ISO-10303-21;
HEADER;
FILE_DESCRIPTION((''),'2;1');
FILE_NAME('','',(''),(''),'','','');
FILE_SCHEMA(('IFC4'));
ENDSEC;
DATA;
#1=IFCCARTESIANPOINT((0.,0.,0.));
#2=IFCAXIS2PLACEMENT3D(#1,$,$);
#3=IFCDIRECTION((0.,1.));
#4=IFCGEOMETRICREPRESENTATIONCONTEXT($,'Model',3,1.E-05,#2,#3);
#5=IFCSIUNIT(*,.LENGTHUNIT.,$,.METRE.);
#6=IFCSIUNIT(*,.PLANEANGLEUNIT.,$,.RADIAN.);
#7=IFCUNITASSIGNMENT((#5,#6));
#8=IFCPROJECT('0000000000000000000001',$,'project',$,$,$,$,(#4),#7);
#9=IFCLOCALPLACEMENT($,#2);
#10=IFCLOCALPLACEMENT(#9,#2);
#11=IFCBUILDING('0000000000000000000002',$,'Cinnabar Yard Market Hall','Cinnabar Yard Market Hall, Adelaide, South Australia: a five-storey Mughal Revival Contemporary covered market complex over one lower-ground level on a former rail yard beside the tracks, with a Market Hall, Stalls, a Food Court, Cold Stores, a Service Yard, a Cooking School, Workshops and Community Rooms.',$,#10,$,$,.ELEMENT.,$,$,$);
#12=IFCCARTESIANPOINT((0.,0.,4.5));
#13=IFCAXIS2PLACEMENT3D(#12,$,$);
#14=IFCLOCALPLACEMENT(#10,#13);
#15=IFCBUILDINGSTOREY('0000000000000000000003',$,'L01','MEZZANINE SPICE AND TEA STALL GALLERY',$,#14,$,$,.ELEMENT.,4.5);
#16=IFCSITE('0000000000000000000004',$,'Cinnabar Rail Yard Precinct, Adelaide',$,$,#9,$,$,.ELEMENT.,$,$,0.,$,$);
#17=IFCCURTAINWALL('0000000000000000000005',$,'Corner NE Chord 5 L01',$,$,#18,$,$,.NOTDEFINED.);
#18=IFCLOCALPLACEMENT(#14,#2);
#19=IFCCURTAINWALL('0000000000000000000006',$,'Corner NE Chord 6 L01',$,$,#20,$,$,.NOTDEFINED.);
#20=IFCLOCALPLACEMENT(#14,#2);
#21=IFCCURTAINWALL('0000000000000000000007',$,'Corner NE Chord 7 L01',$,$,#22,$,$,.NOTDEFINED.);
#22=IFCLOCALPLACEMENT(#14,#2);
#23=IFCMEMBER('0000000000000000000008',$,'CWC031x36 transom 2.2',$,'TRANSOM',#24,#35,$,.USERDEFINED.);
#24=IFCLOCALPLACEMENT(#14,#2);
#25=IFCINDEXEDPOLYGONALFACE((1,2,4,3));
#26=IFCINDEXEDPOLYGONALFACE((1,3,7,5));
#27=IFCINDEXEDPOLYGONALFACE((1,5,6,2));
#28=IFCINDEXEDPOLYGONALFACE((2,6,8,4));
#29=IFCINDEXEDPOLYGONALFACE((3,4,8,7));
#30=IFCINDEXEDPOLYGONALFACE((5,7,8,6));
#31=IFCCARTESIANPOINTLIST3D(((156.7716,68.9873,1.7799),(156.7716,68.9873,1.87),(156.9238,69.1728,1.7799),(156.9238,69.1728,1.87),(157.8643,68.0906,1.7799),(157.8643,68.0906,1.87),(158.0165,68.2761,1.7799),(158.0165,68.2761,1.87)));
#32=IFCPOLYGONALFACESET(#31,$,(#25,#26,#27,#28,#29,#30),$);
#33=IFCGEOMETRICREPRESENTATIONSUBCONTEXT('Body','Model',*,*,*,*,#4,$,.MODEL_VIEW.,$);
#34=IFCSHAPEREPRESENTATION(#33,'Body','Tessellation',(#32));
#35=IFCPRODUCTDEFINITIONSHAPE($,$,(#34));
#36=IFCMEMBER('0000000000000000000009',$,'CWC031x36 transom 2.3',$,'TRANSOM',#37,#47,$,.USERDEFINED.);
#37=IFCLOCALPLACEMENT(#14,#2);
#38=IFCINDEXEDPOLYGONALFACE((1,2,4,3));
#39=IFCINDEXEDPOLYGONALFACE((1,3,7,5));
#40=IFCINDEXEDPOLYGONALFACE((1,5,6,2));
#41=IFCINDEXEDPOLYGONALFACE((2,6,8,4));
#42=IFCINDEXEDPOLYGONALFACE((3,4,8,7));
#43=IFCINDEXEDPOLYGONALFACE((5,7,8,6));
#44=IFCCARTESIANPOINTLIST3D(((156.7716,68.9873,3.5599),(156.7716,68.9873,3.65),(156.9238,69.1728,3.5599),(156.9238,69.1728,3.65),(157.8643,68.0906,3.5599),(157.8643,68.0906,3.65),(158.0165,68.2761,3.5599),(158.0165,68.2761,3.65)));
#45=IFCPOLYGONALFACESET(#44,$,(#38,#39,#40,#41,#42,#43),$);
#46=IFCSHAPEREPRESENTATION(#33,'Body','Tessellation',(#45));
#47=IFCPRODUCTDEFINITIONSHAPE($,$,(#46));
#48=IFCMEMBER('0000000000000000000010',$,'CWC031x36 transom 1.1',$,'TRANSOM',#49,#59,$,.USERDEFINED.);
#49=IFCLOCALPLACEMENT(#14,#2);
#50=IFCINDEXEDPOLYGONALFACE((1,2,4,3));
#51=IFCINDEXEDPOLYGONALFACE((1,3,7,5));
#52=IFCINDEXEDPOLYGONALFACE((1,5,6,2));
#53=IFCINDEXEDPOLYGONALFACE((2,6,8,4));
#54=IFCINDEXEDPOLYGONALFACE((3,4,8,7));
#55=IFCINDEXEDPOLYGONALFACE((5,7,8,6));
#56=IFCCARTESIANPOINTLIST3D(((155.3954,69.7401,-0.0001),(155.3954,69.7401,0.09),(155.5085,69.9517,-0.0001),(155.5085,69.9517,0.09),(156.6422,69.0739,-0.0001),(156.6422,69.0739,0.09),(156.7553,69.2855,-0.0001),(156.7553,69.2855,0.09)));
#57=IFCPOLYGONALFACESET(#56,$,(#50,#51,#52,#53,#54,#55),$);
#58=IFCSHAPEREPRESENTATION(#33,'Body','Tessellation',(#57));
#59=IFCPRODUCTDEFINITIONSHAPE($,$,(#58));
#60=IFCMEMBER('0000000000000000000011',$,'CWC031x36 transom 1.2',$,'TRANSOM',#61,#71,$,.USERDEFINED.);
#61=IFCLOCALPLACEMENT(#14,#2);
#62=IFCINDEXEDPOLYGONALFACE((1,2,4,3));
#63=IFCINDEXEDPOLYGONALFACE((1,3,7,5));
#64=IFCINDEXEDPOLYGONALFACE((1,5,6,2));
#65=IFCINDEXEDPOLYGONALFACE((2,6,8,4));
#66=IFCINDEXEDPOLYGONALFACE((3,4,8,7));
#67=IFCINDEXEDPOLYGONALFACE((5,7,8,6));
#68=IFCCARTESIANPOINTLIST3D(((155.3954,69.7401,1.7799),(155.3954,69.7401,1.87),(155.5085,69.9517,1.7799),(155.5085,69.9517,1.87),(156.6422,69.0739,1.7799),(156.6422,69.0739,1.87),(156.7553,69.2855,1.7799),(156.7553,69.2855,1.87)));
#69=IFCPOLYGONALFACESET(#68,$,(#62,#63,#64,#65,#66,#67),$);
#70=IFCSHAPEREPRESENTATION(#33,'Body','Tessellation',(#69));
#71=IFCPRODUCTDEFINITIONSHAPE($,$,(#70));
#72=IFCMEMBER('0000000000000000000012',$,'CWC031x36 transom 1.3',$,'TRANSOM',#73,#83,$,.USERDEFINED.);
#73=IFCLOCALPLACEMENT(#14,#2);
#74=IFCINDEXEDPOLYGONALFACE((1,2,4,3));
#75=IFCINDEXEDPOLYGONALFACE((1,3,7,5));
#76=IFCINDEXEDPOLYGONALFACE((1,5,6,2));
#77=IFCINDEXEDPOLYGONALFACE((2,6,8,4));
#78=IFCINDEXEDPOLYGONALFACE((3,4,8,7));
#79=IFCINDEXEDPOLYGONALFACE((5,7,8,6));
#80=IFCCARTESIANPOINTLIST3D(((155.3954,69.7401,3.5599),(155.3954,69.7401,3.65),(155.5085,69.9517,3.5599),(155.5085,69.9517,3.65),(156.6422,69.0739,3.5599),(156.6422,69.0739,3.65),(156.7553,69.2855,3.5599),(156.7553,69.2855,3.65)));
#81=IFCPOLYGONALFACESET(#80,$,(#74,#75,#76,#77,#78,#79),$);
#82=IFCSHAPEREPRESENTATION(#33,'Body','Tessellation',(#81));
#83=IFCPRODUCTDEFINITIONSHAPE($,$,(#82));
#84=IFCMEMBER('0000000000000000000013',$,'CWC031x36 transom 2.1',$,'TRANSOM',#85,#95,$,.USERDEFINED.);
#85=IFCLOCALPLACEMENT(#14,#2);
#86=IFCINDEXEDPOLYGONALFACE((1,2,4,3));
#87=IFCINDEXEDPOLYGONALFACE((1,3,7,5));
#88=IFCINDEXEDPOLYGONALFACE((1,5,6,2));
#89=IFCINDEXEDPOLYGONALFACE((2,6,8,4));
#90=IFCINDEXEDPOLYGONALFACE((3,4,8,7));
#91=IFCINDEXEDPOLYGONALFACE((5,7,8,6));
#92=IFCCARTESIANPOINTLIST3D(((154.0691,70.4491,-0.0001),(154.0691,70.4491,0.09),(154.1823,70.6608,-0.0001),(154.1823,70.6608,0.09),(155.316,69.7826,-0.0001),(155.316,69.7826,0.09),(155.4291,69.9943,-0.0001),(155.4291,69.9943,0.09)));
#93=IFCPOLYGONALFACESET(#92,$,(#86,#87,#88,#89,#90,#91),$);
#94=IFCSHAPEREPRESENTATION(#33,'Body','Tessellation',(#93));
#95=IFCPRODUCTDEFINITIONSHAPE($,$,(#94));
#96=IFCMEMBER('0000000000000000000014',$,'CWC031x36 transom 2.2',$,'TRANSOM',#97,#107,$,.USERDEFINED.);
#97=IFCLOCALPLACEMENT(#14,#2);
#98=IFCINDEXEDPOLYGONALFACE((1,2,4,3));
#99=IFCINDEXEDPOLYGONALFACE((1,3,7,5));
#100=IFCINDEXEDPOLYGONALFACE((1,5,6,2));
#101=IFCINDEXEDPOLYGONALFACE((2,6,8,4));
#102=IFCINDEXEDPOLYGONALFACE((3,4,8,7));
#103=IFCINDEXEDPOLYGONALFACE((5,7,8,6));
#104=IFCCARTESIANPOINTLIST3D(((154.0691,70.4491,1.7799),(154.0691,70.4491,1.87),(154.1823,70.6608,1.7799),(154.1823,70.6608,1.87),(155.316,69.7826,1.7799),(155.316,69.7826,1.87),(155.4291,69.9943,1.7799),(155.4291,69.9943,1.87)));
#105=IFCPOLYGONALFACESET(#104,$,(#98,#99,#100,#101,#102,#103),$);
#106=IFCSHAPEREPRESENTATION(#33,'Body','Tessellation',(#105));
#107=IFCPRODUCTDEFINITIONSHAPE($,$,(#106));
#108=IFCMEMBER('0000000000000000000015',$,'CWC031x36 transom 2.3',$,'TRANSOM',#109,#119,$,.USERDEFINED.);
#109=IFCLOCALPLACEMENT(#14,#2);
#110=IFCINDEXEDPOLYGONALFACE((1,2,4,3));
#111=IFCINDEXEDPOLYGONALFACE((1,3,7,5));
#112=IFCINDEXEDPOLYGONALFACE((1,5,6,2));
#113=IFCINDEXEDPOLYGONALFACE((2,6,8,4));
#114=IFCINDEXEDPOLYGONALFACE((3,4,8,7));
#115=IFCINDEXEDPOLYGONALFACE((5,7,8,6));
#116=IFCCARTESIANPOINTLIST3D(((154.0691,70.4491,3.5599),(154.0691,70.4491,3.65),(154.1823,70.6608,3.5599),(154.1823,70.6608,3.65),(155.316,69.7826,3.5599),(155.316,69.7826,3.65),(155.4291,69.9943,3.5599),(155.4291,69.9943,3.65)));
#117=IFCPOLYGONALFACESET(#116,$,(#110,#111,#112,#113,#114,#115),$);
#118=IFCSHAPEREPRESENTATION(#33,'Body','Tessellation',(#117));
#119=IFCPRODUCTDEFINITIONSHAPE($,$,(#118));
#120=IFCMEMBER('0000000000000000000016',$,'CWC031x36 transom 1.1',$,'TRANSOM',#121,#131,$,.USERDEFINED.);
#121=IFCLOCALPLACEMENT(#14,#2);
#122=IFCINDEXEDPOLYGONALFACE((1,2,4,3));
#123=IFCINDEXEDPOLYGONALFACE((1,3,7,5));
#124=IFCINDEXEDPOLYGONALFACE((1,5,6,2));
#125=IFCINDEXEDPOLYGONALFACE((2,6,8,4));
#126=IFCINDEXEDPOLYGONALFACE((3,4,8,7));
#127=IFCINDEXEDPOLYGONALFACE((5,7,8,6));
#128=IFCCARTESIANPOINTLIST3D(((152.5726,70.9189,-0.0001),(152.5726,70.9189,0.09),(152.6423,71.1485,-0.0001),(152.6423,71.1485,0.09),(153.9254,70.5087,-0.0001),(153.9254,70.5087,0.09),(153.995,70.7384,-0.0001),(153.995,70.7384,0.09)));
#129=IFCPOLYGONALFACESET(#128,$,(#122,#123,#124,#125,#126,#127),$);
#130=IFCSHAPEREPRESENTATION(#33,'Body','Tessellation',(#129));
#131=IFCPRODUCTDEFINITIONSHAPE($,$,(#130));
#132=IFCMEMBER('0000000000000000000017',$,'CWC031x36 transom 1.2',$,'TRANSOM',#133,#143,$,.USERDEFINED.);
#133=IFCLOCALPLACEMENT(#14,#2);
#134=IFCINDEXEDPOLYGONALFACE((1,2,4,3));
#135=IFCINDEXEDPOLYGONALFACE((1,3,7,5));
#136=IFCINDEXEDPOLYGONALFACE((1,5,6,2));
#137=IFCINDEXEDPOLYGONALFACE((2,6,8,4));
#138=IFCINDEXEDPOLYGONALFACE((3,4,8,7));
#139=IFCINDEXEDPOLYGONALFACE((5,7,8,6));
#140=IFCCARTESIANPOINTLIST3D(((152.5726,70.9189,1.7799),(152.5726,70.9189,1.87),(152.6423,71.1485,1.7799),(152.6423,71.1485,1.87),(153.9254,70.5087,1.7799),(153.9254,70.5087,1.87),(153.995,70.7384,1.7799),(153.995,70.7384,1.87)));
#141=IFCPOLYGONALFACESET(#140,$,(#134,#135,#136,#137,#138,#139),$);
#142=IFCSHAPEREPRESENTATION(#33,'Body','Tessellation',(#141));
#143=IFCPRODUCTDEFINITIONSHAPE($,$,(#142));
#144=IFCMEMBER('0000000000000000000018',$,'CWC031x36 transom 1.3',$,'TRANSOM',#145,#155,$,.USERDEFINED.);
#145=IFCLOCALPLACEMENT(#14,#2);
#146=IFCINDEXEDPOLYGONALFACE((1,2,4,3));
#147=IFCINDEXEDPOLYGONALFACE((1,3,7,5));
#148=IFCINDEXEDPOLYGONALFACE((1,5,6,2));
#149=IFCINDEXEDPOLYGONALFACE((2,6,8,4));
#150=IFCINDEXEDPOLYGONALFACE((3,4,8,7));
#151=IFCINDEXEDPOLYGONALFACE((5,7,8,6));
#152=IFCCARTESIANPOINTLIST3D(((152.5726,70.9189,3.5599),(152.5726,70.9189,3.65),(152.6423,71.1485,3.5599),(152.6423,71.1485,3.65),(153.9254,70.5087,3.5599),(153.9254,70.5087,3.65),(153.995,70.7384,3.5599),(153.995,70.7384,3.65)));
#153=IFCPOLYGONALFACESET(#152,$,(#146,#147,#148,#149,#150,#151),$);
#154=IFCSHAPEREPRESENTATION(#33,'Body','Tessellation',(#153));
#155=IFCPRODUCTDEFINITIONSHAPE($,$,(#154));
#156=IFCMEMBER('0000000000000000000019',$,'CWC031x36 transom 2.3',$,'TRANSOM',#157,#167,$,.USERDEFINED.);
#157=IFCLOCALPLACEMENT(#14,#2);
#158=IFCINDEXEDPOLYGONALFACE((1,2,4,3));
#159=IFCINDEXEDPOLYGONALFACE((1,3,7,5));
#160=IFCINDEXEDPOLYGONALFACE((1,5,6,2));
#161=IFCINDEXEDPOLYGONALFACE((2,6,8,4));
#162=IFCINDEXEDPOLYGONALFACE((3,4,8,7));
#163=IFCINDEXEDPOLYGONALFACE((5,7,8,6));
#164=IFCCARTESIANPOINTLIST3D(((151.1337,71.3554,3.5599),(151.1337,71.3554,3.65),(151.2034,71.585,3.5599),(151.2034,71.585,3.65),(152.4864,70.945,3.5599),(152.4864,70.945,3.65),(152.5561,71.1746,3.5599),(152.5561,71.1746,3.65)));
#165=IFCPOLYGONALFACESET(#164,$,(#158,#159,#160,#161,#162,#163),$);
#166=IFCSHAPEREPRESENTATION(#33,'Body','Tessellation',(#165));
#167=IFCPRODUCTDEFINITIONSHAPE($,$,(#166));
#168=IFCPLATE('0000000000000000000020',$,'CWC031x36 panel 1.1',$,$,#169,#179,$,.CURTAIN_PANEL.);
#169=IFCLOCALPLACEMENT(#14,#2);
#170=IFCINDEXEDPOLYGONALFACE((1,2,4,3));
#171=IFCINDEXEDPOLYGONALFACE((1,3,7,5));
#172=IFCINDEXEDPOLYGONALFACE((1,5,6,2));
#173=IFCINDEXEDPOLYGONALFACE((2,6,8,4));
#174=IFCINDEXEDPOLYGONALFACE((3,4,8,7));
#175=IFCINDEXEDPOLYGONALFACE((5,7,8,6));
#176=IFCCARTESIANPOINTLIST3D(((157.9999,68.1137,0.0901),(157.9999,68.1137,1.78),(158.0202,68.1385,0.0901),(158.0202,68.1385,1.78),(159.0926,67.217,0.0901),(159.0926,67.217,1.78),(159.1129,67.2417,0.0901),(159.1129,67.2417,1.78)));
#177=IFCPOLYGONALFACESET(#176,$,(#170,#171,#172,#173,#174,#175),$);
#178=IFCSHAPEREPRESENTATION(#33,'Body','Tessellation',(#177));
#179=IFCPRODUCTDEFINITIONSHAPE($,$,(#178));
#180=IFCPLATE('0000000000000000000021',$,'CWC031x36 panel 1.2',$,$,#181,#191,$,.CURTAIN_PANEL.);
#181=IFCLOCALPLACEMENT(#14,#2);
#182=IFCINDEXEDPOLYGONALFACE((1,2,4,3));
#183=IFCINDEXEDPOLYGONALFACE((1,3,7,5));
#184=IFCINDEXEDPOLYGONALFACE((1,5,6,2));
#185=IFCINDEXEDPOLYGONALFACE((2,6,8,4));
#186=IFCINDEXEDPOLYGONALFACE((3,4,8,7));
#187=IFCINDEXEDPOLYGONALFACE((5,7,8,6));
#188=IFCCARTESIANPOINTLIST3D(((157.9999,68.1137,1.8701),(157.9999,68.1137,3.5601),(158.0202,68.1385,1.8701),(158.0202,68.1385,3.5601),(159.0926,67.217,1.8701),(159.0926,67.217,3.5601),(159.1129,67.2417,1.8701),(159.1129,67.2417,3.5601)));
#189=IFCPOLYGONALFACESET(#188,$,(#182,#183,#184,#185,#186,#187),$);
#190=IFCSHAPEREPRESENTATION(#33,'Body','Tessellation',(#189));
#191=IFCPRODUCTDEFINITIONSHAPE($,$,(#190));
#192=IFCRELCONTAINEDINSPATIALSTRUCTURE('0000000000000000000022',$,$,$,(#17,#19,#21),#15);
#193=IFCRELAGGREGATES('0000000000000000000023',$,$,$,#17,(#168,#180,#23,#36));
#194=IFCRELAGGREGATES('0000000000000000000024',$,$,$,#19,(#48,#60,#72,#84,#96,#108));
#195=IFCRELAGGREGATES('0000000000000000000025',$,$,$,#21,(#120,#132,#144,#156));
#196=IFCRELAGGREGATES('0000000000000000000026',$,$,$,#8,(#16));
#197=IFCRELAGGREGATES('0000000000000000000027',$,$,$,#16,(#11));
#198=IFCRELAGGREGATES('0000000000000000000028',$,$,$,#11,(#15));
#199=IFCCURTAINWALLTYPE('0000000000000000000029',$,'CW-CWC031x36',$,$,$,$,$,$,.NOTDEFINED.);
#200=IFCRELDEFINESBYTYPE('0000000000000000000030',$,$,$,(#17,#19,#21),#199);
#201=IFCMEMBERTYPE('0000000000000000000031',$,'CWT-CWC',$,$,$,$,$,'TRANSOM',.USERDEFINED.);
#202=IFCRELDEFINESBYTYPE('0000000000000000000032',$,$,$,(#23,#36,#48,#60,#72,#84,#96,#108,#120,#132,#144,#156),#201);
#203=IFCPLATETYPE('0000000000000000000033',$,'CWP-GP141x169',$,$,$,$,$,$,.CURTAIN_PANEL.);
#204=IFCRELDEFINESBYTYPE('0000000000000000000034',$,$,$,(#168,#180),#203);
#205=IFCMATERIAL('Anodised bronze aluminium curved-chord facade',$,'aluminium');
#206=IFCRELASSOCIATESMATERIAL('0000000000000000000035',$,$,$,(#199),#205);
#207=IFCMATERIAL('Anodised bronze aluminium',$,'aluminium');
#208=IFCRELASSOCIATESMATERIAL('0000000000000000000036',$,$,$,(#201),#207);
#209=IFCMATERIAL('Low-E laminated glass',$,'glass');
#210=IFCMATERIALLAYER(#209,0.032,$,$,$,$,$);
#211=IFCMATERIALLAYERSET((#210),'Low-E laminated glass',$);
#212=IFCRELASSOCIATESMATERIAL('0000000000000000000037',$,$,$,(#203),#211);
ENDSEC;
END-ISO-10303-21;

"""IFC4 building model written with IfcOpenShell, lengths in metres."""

from ifc_helpers import new_model, si_unit, direction, frame, origin, origin_2d_with_axis, place, context, subcontext, project, spatial, rectangle, extrude, material, layer, layer_set, material_profile, profile_set, type_object, element, aggregate, save


model = new_model("IFC4")

# Units and contexts
model_context = context("Model", 3, precision=1e-05, world=origin(), true_north=direction((0.0, 1.0)))
body_context = subcontext(model_context, "Body", "Model", "MODEL_VIEW")
ifc_project = project(units=[si_unit("LENGTHUNIT", "METRE"), si_unit("PLANEANGLEUNIT", "RADIAN")], contexts=[model_context])

# Site, building, storey
site_placement = place(None, origin())
site = spatial("IfcSite", under=ifc_project, at=site_placement, Name="Cinnabar Rail Yard Precinct, Adelaide", CompositionType="ELEMENT", RefElevation=0.0)
building_placement = place(site_placement, origin())
building = spatial("IfcBuilding", under=site, at=building_placement, Name="Cinnabar Yard Market Hall", Description="Cinnabar Yard Market Hall, Adelaide, South Australia: a five-storey Mughal Revival Contemporary covered market complex over one lower-ground level on a former rail yard beside the tracks, with a Market Hall, Stalls, a Food Court, Cold Stores, a Service Yard, a Cooking School, Workshops and Community Rooms.", CompositionType="ELEMENT")
storey_placement = place(building_placement, frame((0.0, 0.0, 4.5)))
storey = spatial("IfcBuildingStorey", under=building, at=storey_placement, Name="L01", Description="MEZZANINE SPICE AND TEA STALL GALLERY", CompositionType="ELEMENT", Elevation=4.5)

# Curtain walls
ifc_material_1 = material(Name="Anodised bronze aluminium curved-chord facade", Category="aluminium")
curtain_wall_type = type_object("IfcCurtainWallType", Name="CW-CWC031x36", PredefinedType="NOTDEFINED", material=ifc_material_1)
curtain_wall_1_placement = place(storey_placement, origin())
curtain_wall_1 = element("IfcCurtainWall", 1, at=curtain_wall_1_placement, inside=storey, type_object=curtain_wall_type, Name="Corner NE Chord 5 L01", PredefinedType="NOTDEFINED")
ifc_material_2 = material(Name="Anodised bronze aluminium", Category="aluminium")
curtain_wall_2_placement = place(storey_placement, origin())
curtain_wall_2 = element("IfcCurtainWall", 2, at=curtain_wall_2_placement, inside=storey, type_object=curtain_wall_type, Name="Corner NE Chord 6 L01", PredefinedType="NOTDEFINED")
curtain_wall_3_placement = place(storey_placement, origin())
curtain_wall_3 = element("IfcCurtainWall", 3, at=curtain_wall_3_placement, inside=storey, type_object=curtain_wall_type, Name="Corner NE Chord 7 L01", PredefinedType="NOTDEFINED")

# Members
ifc_material_profile_1 = material_profile(ifc_material_2, rectangle(XDim=0.24, YDim=0.0901, at=origin_2d_with_axis()), Name="TRN-CWC")
ifc_profile_set_1 = profile_set([ifc_material_profile_1], Name="Anodised bronze aluminium")
member_type_1 = type_object("IfcMemberType", Name="CWT-CWC", ElementType="TRANSOM", PredefinedType="USERDEFINED", material=ifc_profile_set_1)
member_1_placement = place(storey_placement, frame((157.9404, 68.1833, 1.825), z_axis=(-0.773041, 0.634356, 0.0), x_axis=(-0.634356, -0.773041, 0.0)))
member_1 = element("IfcMember", 4, at=member_1_placement, type_object=member_type_1, Name="CWC031x36 transom 2.2", ObjectType="TRANSOM", PredefinedType="USERDEFINED", context=body_context, shape_type="SweptSolid", body=[
    extrude(rectangle(XDim=0.24, YDim=0.0901, at=origin_2d_with_axis()), origin(), (0.0, 0.0, 1.0), 1.4136),
])
member_2_placement = place(storey_placement, frame((157.9404, 68.1833, 3.605), z_axis=(-0.773041, 0.634356, 0.0), x_axis=(-0.634356, -0.773041, 0.0)))
member_2 = element("IfcMember", 5, at=member_2_placement, type_object=member_type_1, Name="CWC031x36 transom 2.3", ObjectType="TRANSOM", PredefinedType="USERDEFINED", context=body_context, shape_type="SweptSolid", body=[
    extrude(rectangle(XDim=0.24, YDim=0.0901, at=origin_2d_with_axis()), origin(), (0.0, 0.0, 1.0), 1.4136),
])
member_3_placement = place(storey_placement, frame((156.6987, 69.1797, 0.0449), z_axis=(-0.881975, 0.471296, 0.0), x_axis=(-0.471296, -0.881975, 0.0)))
member_3 = element("IfcMember", 6, at=member_3_placement, type_object=member_type_1, Name="CWC031x36 transom 1.1", ObjectType="TRANSOM", PredefinedType="USERDEFINED", context=body_context, shape_type="SweptSolid", body=[
    extrude(rectangle(XDim=0.24, YDim=0.0901, at=origin_2d_with_axis()), origin(), (0.0, 0.0, 1.0), 1.4136),
])
member_4_placement = place(storey_placement, frame((156.6987, 69.1797, 1.825), z_axis=(-0.881975, 0.471296, 0.0), x_axis=(-0.471296, -0.881975, 0.0)))
member_4 = element("IfcMember", 7, at=member_4_placement, type_object=member_type_1, Name="CWC031x36 transom 1.2", ObjectType="TRANSOM", PredefinedType="USERDEFINED", context=body_context, shape_type="SweptSolid", body=[
    extrude(rectangle(XDim=0.24, YDim=0.0901, at=origin_2d_with_axis()), origin(), (0.0, 0.0, 1.0), 1.4136),
])
member_5_placement = place(storey_placement, frame((156.6987, 69.1797, 3.605), z_axis=(-0.881975, 0.471296, 0.0), x_axis=(-0.471296, -0.881975, 0.0)))
member_5 = element("IfcMember", 8, at=member_5_placement, type_object=member_type_1, Name="CWC031x36 transom 1.3", ObjectType="TRANSOM", PredefinedType="USERDEFINED", context=body_context, shape_type="SweptSolid", body=[
    extrude(rectangle(XDim=0.24, YDim=0.0901, at=origin_2d_with_axis()), origin(), (0.0, 0.0, 1.0), 1.4136),
])
member_6_placement = place(storey_placement, frame((155.3726, 69.8884, 0.0449), z_axis=(-0.881903, 0.471431, 0.0), x_axis=(-0.471431, -0.881903, 0.0)))
member_6 = element("IfcMember", 9, at=member_6_placement, type_object=member_type_1, Name="CWC031x36 transom 2.1", ObjectType="TRANSOM", PredefinedType="USERDEFINED", context=body_context, shape_type="SweptSolid", body=[
    extrude(rectangle(XDim=0.24, YDim=0.0901, at=origin_2d_with_axis()), origin(), (0.0, 0.0, 1.0), 1.4138),
])
member_7_placement = place(storey_placement, frame((155.3726, 69.8884, 1.825), z_axis=(-0.881903, 0.471431, 0.0), x_axis=(-0.471431, -0.881903, 0.0)))
member_7 = element("IfcMember", 10, at=member_7_placement, type_object=member_type_1, Name="CWC031x36 transom 2.2", ObjectType="TRANSOM", PredefinedType="USERDEFINED", context=body_context, shape_type="SweptSolid", body=[
    extrude(rectangle(XDim=0.24, YDim=0.0901, at=origin_2d_with_axis()), origin(), (0.0, 0.0, 1.0), 1.4138),
])
member_8_placement = place(storey_placement, frame((155.3726, 69.8884, 3.605), z_axis=(-0.881903, 0.471431, 0.0), x_axis=(-0.471431, -0.881903, 0.0)))
member_8 = element("IfcMember", 11, at=member_8_placement, type_object=member_type_1, Name="CWC031x36 transom 2.3", ObjectType="TRANSOM", PredefinedType="USERDEFINED", context=body_context, shape_type="SweptSolid", body=[
    extrude(rectangle(XDim=0.24, YDim=0.0901, at=origin_2d_with_axis()), origin(), (0.0, 0.0, 1.0), 1.4138),
])
member_9_placement = place(storey_placement, frame((153.9602, 70.6235, 0.0449), z_axis=(-0.956981, 0.290151, 0.0), x_axis=(-0.290151, -0.956981, 0.0)))
member_9 = element("IfcMember", 12, at=member_9_placement, type_object=member_type_1, Name="CWC031x36 transom 1.1", ObjectType="TRANSOM", PredefinedType="USERDEFINED", context=body_context, shape_type="SweptSolid", body=[
    extrude(rectangle(XDim=0.24, YDim=0.0901, at=origin_2d_with_axis()), origin(), (0.0, 0.0, 1.0), 1.4136),
])
member_10_placement = place(storey_placement, frame((153.9602, 70.6235, 1.825), z_axis=(-0.956981, 0.290151, 0.0), x_axis=(-0.290151, -0.956981, 0.0)))
member_10 = element("IfcMember", 13, at=member_10_placement, type_object=member_type_1, Name="CWC031x36 transom 1.2", ObjectType="TRANSOM", PredefinedType="USERDEFINED", context=body_context, shape_type="SweptSolid", body=[
    extrude(rectangle(XDim=0.24, YDim=0.0901, at=origin_2d_with_axis()), origin(), (0.0, 0.0, 1.0), 1.4136),
])
member_11_placement = place(storey_placement, frame((153.9602, 70.6235, 3.605), z_axis=(-0.956981, 0.290151, 0.0), x_axis=(-0.290151, -0.956981, 0.0)))
member_11 = element("IfcMember", 14, at=member_11_placement, type_object=member_type_1, Name="CWC031x36 transom 1.3", ObjectType="TRANSOM", PredefinedType="USERDEFINED", context=body_context, shape_type="SweptSolid", body=[
    extrude(rectangle(XDim=0.24, YDim=0.0901, at=origin_2d_with_axis()), origin(), (0.0, 0.0, 1.0), 1.4136),
])
member_12_placement = place(storey_placement, frame((152.5212, 71.0598, 3.605), z_axis=(-0.956933, 0.290309, 0.0), x_axis=(-0.290309, -0.956933, 0.0)))
member_12 = element("IfcMember", 15, at=member_12_placement, type_object=member_type_1, Name="CWC031x36 transom 2.3", ObjectType="TRANSOM", PredefinedType="USERDEFINED", context=body_context, shape_type="SweptSolid", body=[
    extrude(rectangle(XDim=0.24, YDim=0.0901, at=origin_2d_with_axis()), origin(), (0.0, 0.0, 1.0), 1.4136),
])

# Plates
ifc_material_3 = material(Name="Low-E laminated glass", Category="glass")
ifc_layer = layer(ifc_material_3, 0.032)
ifc_layer_set = layer_set([ifc_layer], Name="Low-E laminated glass")
plate_type = type_object("IfcPlateType", Name="CWP-GP141x169", PredefinedType="CURTAIN_PANEL", material=ifc_layer_set)
plate_1_placement = place(storey_placement, frame((158.5564, 67.6777, 0.0901), z_axis=(0.0, 0.0, 1.0), x_axis=(-0.773019, 0.634383, 0.0)))
plate_1 = element("IfcPlate", 16, at=plate_1_placement, type_object=plate_type, Name="CWC031x36 panel 1.1", PredefinedType="CURTAIN_PANEL", context=body_context, shape_type="SweptSolid", body=[
    extrude(rectangle(XDim=1.4136, YDim=0.032, at=origin_2d_with_axis()), origin(), (0.0, 0.0, 1.0), 1.6899),
])
plate_2_placement = place(storey_placement, frame((158.5564, 67.6777, 1.8701), z_axis=(0.0, 0.0, 1.0), x_axis=(-0.773019, 0.634383, 0.0)))
plate_2 = element("IfcPlate", 17, at=plate_2_placement, type_object=plate_type, Name="CWC031x36 panel 1.2", PredefinedType="CURTAIN_PANEL", context=body_context, shape_type="SweptSolid", body=[
    extrude(rectangle(XDim=1.4136, YDim=0.032, at=origin_2d_with_axis()), origin(), (0.0, 0.0, 1.0), 1.6899),
])
aggregate(curtain_wall_1, [plate_1, plate_2, member_1, member_2])
aggregate(curtain_wall_2, [member_3, member_4, member_5, member_6, member_7, member_8])
aggregate(curtain_wall_3, [member_9, member_10, member_11, member_12])

save(model, "model.ifc")
